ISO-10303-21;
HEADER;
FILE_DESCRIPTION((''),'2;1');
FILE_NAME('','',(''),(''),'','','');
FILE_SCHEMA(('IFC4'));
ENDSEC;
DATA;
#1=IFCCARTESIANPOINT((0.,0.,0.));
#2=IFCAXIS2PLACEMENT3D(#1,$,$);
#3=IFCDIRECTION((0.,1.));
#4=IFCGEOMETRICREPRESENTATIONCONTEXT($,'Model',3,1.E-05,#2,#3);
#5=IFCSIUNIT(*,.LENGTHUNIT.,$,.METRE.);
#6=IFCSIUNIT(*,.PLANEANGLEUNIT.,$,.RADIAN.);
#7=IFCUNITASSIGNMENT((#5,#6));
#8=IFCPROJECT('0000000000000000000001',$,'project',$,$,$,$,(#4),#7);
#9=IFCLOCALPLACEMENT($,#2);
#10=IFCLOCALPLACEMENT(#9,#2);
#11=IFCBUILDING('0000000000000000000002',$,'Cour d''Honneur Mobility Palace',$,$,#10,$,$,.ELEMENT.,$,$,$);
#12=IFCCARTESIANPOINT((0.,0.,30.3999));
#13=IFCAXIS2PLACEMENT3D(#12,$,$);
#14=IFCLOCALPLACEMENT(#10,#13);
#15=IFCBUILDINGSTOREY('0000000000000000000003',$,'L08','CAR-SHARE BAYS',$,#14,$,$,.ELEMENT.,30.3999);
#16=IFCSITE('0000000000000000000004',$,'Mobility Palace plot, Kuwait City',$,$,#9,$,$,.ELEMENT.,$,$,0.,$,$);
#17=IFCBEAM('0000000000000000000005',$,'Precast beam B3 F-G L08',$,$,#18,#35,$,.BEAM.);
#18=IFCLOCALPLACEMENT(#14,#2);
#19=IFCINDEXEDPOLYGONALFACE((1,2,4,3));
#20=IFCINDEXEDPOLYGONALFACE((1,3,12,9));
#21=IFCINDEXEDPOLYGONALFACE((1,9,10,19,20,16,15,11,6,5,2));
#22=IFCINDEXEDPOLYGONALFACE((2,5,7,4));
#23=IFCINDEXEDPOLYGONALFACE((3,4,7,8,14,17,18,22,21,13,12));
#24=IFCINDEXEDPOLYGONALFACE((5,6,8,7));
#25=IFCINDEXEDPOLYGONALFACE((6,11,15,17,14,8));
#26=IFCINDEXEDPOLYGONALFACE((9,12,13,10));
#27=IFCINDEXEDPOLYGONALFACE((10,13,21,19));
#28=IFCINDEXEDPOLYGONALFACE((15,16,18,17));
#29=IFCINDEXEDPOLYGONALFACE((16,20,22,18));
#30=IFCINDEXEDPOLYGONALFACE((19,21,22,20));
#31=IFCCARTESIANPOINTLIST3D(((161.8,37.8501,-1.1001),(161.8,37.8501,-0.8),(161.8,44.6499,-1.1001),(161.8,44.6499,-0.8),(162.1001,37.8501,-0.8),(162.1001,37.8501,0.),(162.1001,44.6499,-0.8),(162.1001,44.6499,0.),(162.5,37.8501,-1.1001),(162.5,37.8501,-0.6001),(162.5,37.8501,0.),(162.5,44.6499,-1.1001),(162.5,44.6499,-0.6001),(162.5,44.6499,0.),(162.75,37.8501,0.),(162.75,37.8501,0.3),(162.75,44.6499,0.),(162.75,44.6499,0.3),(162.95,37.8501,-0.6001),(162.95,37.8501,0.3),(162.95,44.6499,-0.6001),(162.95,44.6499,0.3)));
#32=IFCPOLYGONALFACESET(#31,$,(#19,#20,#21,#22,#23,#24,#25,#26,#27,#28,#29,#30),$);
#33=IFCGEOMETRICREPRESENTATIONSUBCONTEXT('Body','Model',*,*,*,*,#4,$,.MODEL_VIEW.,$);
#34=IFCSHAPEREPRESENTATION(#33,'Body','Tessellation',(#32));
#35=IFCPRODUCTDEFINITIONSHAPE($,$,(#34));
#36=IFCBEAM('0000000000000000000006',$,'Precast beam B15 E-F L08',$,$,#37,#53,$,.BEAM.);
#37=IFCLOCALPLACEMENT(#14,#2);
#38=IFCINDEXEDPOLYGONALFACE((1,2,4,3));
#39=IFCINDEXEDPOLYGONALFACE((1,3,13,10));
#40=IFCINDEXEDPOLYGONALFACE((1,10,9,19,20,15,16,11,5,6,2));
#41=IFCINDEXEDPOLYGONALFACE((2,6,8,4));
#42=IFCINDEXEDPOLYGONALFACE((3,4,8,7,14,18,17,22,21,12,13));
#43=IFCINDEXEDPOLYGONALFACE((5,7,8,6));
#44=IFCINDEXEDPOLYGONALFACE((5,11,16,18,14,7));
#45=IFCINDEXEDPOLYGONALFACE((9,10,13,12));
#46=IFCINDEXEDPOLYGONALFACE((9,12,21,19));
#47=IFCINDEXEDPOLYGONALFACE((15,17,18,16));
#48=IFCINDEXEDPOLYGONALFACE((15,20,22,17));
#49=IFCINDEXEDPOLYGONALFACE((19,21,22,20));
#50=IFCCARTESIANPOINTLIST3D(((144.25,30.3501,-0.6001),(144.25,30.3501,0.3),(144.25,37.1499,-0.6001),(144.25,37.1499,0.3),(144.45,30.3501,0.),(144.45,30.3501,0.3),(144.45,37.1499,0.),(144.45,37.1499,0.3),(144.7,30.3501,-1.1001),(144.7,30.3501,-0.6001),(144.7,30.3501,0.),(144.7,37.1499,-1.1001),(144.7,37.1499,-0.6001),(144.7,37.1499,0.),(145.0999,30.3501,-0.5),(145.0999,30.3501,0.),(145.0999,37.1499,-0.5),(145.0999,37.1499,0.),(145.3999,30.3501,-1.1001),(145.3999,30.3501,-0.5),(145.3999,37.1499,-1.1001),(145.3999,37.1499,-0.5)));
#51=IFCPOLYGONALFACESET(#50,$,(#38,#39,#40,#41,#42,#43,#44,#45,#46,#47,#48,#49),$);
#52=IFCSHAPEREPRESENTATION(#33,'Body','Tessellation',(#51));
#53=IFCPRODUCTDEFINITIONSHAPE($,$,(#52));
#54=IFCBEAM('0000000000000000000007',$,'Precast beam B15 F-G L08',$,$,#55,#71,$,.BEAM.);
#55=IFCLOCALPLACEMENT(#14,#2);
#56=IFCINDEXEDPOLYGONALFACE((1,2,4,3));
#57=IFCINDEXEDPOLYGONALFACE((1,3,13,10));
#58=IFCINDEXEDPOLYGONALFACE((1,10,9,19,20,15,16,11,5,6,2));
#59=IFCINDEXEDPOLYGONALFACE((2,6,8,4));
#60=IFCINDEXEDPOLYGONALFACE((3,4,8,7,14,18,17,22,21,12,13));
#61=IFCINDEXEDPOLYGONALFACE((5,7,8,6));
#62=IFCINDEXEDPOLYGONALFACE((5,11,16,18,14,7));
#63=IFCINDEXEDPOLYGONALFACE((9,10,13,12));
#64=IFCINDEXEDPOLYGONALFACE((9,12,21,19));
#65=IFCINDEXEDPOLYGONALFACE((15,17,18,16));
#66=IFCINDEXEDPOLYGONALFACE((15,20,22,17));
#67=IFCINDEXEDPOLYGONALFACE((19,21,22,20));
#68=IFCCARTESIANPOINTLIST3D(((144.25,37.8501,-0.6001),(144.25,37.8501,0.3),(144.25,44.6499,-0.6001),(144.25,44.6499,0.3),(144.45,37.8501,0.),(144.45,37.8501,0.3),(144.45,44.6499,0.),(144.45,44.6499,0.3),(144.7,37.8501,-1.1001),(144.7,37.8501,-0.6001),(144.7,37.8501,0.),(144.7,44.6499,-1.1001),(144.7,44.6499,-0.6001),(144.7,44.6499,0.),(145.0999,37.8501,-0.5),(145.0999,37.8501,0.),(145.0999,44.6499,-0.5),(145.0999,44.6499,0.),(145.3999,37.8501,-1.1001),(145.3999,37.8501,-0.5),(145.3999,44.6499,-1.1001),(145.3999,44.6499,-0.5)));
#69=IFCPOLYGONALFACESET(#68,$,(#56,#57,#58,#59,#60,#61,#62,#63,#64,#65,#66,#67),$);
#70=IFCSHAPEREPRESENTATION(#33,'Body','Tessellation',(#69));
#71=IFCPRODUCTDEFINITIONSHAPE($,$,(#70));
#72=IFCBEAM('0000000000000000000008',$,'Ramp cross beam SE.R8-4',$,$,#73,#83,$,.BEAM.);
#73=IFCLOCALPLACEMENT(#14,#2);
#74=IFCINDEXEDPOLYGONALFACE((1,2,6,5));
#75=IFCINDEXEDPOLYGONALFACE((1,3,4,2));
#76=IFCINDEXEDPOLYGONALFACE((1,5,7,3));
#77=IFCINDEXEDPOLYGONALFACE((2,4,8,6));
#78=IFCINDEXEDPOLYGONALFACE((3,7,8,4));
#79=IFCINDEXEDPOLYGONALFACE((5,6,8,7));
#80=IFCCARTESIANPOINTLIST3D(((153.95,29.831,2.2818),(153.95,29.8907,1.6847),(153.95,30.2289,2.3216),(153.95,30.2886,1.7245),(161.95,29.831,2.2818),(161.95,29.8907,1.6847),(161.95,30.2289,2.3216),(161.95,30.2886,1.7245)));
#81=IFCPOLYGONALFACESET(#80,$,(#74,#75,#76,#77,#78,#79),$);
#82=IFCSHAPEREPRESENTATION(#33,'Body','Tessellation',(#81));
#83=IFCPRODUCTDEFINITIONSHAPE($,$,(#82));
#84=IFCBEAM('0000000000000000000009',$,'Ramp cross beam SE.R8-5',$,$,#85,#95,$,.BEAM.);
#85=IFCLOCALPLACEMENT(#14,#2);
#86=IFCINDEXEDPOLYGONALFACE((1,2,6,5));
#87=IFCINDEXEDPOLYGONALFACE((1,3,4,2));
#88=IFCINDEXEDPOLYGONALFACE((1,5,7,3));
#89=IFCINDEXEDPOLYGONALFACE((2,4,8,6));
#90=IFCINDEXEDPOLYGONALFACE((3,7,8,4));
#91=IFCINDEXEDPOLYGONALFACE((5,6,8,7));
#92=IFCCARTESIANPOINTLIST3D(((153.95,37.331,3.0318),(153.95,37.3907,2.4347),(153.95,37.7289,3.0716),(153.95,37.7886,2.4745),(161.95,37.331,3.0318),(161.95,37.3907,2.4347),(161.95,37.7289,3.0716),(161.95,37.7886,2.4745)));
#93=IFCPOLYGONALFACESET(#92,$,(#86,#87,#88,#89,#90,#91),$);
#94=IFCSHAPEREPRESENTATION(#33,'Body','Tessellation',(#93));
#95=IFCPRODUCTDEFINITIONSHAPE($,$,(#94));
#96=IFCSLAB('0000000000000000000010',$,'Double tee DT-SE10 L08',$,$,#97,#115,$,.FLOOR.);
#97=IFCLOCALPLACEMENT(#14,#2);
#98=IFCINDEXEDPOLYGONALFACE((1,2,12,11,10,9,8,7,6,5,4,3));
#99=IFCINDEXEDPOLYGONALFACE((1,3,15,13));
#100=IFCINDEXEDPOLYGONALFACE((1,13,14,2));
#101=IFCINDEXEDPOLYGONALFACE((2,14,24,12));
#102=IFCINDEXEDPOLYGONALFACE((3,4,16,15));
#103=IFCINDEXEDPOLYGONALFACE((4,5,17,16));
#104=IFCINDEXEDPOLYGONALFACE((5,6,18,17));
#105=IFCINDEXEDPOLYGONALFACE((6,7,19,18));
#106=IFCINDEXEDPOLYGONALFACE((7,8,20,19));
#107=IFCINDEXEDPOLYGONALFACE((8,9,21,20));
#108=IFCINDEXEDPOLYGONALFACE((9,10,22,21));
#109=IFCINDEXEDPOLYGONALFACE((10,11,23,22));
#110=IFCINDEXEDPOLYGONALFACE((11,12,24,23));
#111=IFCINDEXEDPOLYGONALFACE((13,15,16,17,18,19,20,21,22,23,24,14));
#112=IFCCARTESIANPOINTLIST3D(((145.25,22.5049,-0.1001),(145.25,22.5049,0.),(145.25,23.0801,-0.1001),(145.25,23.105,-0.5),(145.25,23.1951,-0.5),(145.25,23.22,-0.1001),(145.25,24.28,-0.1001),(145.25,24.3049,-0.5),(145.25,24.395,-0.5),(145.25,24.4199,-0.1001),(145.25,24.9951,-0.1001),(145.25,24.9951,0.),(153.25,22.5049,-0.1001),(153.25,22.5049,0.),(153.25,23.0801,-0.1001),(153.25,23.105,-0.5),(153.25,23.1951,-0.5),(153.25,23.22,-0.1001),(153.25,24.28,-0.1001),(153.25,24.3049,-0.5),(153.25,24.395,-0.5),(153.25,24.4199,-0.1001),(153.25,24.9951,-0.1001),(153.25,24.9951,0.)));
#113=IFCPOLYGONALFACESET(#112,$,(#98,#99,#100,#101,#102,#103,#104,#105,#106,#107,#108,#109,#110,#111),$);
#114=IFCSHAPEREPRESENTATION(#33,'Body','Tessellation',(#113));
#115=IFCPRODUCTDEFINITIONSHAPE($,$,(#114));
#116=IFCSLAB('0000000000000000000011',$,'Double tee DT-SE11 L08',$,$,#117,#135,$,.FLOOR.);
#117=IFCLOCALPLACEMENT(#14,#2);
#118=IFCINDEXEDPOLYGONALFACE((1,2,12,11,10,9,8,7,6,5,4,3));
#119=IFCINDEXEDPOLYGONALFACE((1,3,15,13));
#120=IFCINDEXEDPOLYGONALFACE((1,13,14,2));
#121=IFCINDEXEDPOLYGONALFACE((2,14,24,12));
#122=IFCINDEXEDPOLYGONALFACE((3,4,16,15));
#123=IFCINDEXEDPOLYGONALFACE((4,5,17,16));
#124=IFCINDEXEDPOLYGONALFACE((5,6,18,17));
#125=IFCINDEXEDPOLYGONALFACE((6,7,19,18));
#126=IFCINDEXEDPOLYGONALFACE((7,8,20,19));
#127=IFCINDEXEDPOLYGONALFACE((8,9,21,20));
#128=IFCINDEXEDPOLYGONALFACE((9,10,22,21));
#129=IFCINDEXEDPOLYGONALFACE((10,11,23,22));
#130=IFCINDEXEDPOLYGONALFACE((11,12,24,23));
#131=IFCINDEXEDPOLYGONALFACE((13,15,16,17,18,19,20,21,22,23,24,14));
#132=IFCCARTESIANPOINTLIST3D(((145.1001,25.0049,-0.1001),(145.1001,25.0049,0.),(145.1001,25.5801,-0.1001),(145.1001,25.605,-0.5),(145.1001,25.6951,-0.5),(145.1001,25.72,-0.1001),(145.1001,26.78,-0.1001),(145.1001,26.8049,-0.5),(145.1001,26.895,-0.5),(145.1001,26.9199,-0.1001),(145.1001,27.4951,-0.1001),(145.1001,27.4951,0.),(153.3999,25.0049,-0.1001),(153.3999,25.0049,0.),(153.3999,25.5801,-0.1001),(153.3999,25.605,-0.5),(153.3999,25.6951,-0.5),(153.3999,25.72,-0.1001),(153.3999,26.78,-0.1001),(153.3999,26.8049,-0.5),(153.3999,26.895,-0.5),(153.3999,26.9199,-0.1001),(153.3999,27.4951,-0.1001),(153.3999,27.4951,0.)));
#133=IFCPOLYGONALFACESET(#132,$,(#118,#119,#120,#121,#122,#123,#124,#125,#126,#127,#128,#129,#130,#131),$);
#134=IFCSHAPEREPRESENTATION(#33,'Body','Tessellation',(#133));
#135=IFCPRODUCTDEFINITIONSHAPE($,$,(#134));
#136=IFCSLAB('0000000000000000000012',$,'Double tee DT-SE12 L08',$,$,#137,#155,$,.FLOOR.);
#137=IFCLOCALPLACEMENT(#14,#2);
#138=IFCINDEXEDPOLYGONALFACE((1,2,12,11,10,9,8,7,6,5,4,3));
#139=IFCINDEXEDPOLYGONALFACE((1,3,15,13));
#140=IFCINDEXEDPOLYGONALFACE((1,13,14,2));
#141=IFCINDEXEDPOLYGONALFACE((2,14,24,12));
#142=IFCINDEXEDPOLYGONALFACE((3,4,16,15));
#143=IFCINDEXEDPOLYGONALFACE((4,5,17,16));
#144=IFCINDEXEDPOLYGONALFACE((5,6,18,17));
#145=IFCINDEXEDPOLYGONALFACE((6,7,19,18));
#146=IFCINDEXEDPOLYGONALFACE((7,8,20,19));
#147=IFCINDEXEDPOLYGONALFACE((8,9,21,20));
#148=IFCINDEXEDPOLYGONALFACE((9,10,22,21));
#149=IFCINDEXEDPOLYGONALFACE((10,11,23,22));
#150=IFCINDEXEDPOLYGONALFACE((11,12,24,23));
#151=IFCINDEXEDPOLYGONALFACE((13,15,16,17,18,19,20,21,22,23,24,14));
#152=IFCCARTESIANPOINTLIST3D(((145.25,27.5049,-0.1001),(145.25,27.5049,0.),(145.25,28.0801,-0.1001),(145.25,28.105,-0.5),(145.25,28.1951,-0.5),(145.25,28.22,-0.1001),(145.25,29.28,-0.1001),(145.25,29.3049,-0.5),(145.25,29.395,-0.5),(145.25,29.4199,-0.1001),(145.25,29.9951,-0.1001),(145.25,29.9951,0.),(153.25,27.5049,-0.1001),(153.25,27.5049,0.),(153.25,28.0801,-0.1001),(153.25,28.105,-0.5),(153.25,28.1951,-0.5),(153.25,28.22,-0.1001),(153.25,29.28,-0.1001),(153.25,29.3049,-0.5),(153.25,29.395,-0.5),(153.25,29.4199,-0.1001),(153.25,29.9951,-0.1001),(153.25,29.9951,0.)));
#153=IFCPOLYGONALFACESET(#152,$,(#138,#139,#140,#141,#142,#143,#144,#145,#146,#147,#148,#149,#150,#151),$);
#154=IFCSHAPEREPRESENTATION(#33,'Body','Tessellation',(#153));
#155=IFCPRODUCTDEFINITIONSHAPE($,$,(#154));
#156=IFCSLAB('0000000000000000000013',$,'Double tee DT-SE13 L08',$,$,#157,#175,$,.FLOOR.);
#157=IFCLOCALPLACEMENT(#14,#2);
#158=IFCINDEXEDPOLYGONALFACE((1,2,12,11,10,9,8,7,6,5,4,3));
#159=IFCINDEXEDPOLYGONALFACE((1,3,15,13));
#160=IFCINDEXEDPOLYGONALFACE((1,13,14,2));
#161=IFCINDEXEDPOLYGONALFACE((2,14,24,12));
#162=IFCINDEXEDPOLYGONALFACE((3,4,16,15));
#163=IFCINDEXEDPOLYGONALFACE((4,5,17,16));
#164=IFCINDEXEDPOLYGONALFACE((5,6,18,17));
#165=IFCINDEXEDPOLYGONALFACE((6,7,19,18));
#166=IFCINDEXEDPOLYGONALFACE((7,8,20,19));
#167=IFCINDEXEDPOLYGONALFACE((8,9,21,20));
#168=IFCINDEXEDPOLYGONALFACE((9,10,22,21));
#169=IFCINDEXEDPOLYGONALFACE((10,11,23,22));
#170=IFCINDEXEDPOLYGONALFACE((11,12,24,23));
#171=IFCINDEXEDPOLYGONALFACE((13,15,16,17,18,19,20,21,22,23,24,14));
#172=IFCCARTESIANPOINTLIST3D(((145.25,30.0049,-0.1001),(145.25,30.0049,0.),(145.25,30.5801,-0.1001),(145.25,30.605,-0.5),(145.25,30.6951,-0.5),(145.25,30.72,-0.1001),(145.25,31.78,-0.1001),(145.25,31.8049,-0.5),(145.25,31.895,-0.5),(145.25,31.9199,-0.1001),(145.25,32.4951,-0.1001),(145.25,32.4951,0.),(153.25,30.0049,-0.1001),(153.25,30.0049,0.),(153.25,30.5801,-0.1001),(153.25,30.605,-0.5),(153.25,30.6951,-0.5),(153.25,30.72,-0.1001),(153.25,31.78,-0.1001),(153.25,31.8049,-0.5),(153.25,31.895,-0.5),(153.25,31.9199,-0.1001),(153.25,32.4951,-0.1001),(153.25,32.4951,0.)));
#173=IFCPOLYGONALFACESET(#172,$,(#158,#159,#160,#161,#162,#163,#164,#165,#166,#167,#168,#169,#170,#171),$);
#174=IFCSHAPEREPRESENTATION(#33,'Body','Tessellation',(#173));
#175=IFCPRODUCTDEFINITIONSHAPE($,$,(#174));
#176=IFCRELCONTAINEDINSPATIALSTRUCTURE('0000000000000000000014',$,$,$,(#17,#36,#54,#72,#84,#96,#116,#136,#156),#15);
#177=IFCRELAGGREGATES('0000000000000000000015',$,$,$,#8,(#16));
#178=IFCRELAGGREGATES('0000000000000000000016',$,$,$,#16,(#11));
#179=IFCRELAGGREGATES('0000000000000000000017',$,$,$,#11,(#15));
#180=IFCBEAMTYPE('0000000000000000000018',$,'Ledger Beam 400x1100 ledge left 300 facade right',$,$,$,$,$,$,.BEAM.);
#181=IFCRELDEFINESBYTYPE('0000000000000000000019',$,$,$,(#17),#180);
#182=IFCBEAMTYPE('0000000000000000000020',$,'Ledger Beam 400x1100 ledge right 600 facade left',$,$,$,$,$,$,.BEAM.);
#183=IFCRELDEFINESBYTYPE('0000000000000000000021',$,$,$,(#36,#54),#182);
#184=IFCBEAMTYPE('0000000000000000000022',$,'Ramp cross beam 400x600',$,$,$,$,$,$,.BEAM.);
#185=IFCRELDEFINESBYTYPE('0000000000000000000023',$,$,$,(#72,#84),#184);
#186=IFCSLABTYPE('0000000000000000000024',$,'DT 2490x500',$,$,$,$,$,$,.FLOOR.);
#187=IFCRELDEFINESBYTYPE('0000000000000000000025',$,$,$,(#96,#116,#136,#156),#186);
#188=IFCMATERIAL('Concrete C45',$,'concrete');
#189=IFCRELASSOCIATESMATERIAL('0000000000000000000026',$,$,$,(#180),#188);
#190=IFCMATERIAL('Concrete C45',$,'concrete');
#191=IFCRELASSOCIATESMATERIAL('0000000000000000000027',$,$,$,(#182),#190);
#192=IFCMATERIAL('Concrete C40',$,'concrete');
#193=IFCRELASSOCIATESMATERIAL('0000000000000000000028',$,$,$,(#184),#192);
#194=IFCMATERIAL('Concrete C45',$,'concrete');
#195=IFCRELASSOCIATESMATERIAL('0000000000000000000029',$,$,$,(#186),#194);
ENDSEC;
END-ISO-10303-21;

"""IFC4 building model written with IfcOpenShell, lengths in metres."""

from ifc_helpers import new_model, si_unit, direction, frame, origin, origin_2d, place, context, subcontext, project, spatial, polyline, rectangle, outline, extrude, material, material_profile, profile_set, type_object, element, save


model = new_model("IFC4")

# Units and contexts
model_context = context("Model", 3, precision=1e-05, world=origin(), true_north=direction((0.0, 1.0)))
body_context = subcontext(model_context, "Body", "Model", "MODEL_VIEW")
ifc_project = project(units=[si_unit("LENGTHUNIT", "METRE"), si_unit("PLANEANGLEUNIT", "RADIAN")], contexts=[model_context])

# Site, building, storey
site_placement = place(None, origin())
site = spatial("IfcSite", under=ifc_project, at=site_placement, Name="Mobility Palace plot, Kuwait City", CompositionType="ELEMENT", RefElevation=0.0)
building_placement = place(site_placement, origin())
building = spatial("IfcBuilding", under=site, at=building_placement, Name="Cour d'Honneur Mobility Palace", CompositionType="ELEMENT")
storey_placement = place(building_placement, frame((0.0, 0.0, 30.3999)))
storey = spatial("IfcBuildingStorey", under=building, at=storey_placement, Name="L08", Description="CAR-SHARE BAYS", CompositionType="ELEMENT", Elevation=30.3999)

# Beams
ifc_material_1 = material(Name="Concrete C45", Category="concrete")
ifc_material_profile_1 = material_profile(ifc_material_1, outline(polyline([(0.5, -1.1001), (0.5, -0.8), (0.2, -0.8), (0.2, 0.0), (-0.2, 0.0), (-0.45, 0.0), (-0.45, 0.3), (-0.6499, 0.3), (-0.6499, -0.6001), (-0.2, -0.6001), (-0.2, -1.1001), (0.5, -1.1001)])), Name="Ledger Beam 400x1100 ledge left 300 facade right")
ifc_profile_set_1 = profile_set([ifc_material_profile_1], Name="Concrete C45")
beam_type_1 = type_object("IfcBeamType", Name="Ledger Beam 400x1100 ledge left 300 facade right", PredefinedType="BEAM", material=ifc_profile_set_1)
for number, where, z_axis, x_axis, name in (
    (1, (162.3, 37.8501, 0.0), (0.0, 1.0, 0.0), (-1.0, 0.0, 0.0), "Precast beam B3 F-G L08"),
):
    element("IfcBeam", number, at=place(storey_placement, frame(where, z_axis=z_axis, x_axis=x_axis)), inside=storey, type_object=beam_type_1, Name=name, PredefinedType="BEAM", context=body_context, shape_type="SweptSolid", body=[
        extrude(outline(polyline([(0.5, -1.1001), (0.5, -0.8), (0.2, -0.8), (0.2, 0.0), (-0.2, 0.0), (-0.45, 0.0), (-0.45, 0.3), (-0.6499, 0.3), (-0.6499, -0.6001), (-0.2, -0.6001), (-0.2, -1.1001), (0.5, -1.1001)])), origin(), (0.0, 0.0, 1.0), 6.7998),
    ])
ifc_material_2 = material(Name="Concrete C45", Category="concrete")
ifc_material_profile_2 = material_profile(ifc_material_2, outline(polyline([(0.2, -1.1001), (0.2, -0.6001), (0.6499, -0.6001), (0.6499, 0.3), (0.45, 0.3), (0.45, 0.0), (0.2, 0.0), (-0.2, 0.0), (-0.2, -0.5), (-0.5, -0.5), (-0.5, -1.1001), (0.2, -1.1001)])), Name="Ledger Beam 400x1100 ledge right 600 facade left")
ifc_profile_set_2 = profile_set([ifc_material_profile_2], Name="Concrete C45")
beam_type_2 = type_object("IfcBeamType", Name="Ledger Beam 400x1100 ledge right 600 facade left", PredefinedType="BEAM", material=ifc_profile_set_2)
for number, where, z_axis, x_axis, name in (
    (2, (144.8999, 30.3501, 0.0), (0.0, 1.0, 0.0), (-1.0, 0.0, 0.0), "Precast beam B15 E-F L08"),
    (3, (144.8999, 37.8501, 0.0), (0.0, 1.0, 0.0), (-1.0, 0.0, 0.0), "Precast beam B15 F-G L08"),
):
    element("IfcBeam", number, at=place(storey_placement, frame(where, z_axis=z_axis, x_axis=x_axis)), inside=storey, type_object=beam_type_2, Name=name, PredefinedType="BEAM", context=body_context, shape_type="SweptSolid", body=[
        extrude(outline(polyline([(0.2, -1.1001), (0.2, -0.6001), (0.6499, -0.6001), (0.6499, 0.3), (0.45, 0.3), (0.45, 0.0), (0.2, 0.0), (-0.2, 0.0), (-0.2, -0.5), (-0.5, -0.5), (-0.5, -1.1001), (0.2, -1.1001)])), origin(), (0.0, 0.0, 1.0), 6.7998),
    ])
ifc_material_3 = material(Name="Concrete C40", Category="concrete")
ifc_material_profile_3 = material_profile(ifc_material_3, rectangle(XDim=0.3999, YDim=0.6001, at=origin_2d()), Name="Ramp cross beam 400x600")
ifc_profile_set_3 = profile_set([ifc_material_profile_3], Name="Concrete C40")
beam_type_3 = type_object("IfcBeamType", Name="Ramp cross beam 400x600", PredefinedType="BEAM", material=ifc_profile_set_3)
for number, where, z_axis, x_axis, name in (
    (4, (161.95, 30.0598, 2.0032), (-1.0, 0.0, 0.0), (0.0, -0.995037, -0.099504), "Ramp cross beam SE.R8-4"),
    (5, (161.95, 37.5598, 2.7532), (-1.0, 0.0, 0.0), (0.0, -0.995037, -0.099504), "Ramp cross beam SE.R8-5"),
):
    element("IfcBeam", number, at=place(storey_placement, frame(where, z_axis=z_axis, x_axis=x_axis)), inside=storey, type_object=beam_type_3, Name=name, PredefinedType="BEAM", context=body_context, shape_type="SweptSolid", body=[
        extrude(rectangle(XDim=0.3999, YDim=0.6001, at=origin_2d()), origin(), (0.0, 0.0, 1.0), 8.0),
    ])

# Slabs
ifc_material_4 = material(Name="Concrete C45", Category="concrete")
ifc_material_profile_4 = material_profile(ifc_material_4, outline(polyline([(-1.2451, 0.0), (1.2451, 0.0), (1.2451, -0.1001), (0.6699, -0.1001), (0.645, -0.5), (0.5549, -0.5), (0.53, -0.1001), (-0.53, -0.1001), (-0.5549, -0.5), (-0.645, -0.5), (-0.6699, -0.1001), (-1.2451, -0.1001), (-1.2451, 0.0)])), Name="DT 2490x500")
ifc_profile_set_4 = profile_set([ifc_material_profile_4], Name="Concrete C45")
slab_type = type_object("IfcSlabType", Name="DT 2490x500", PredefinedType="FLOOR", material=ifc_profile_set_4)
slab_1_placement = place(storey_placement, frame((145.25, 23.75, 0.0), z_axis=(1.0, 0.0, 0.0), x_axis=(0.0, 1.0, 0.0)))
element("IfcSlab", 6, at=slab_1_placement, inside=storey, type_object=slab_type, Name="Double tee DT-SE10 L08", PredefinedType="FLOOR", context=body_context, shape_type="SweptSolid", body=[
    extrude(outline(polyline([(-1.2451, 0.0), (1.2451, 0.0), (1.2451, -0.1001), (0.6699, -0.1001), (0.645, -0.5), (0.5549, -0.5), (0.53, -0.1001), (-0.53, -0.1001), (-0.5549, -0.5), (-0.645, -0.5), (-0.6699, -0.1001), (-1.2451, -0.1001), (-1.2451, 0.0)])), origin(), (0.0, 0.0, 1.0), 8.0),
])
slab_2_placement = place(storey_placement, frame((145.1001, 26.25, 0.0), z_axis=(1.0, 0.0, 0.0), x_axis=(0.0, 1.0, 0.0)))
element("IfcSlab", 7, at=slab_2_placement, inside=storey, type_object=slab_type, Name="Double tee DT-SE11 L08", PredefinedType="FLOOR", context=body_context, shape_type="SweptSolid", body=[
    extrude(outline(polyline([(-1.2451, 0.0), (1.2451, 0.0), (1.2451, -0.1001), (0.6699, -0.1001), (0.645, -0.5), (0.5549, -0.5), (0.53, -0.1001), (-0.53, -0.1001), (-0.5549, -0.5), (-0.645, -0.5), (-0.6699, -0.1001), (-1.2451, -0.1001), (-1.2451, 0.0)])), origin(), (0.0, 0.0, 1.0), 8.2998),
])
for number, where, z_axis, x_axis, name in (
    (8, (145.25, 28.75, 0.0), (1.0, 0.0, 0.0), (0.0, 1.0, 0.0), "Double tee DT-SE12 L08"),
    (9, (145.25, 31.25, 0.0), (1.0, 0.0, 0.0), (0.0, 1.0, 0.0), "Double tee DT-SE13 L08"),
):
    element("IfcSlab", number, at=place(storey_placement, frame(where, z_axis=z_axis, x_axis=x_axis)), inside=storey, type_object=slab_type, Name=name, PredefinedType="FLOOR", context=body_context, shape_type="SweptSolid", body=[
        extrude(outline(polyline([(-1.2451, 0.0), (1.2451, 0.0), (1.2451, -0.1001), (0.6699, -0.1001), (0.645, -0.5), (0.5549, -0.5), (0.53, -0.1001), (-0.53, -0.1001), (-0.5549, -0.5), (-0.645, -0.5), (-0.6699, -0.1001), (-1.2451, -0.1001), (-1.2451, 0.0)])), origin(), (0.0, 0.0, 1.0), 8.0),
    ])

save(model, "model.ifc")
